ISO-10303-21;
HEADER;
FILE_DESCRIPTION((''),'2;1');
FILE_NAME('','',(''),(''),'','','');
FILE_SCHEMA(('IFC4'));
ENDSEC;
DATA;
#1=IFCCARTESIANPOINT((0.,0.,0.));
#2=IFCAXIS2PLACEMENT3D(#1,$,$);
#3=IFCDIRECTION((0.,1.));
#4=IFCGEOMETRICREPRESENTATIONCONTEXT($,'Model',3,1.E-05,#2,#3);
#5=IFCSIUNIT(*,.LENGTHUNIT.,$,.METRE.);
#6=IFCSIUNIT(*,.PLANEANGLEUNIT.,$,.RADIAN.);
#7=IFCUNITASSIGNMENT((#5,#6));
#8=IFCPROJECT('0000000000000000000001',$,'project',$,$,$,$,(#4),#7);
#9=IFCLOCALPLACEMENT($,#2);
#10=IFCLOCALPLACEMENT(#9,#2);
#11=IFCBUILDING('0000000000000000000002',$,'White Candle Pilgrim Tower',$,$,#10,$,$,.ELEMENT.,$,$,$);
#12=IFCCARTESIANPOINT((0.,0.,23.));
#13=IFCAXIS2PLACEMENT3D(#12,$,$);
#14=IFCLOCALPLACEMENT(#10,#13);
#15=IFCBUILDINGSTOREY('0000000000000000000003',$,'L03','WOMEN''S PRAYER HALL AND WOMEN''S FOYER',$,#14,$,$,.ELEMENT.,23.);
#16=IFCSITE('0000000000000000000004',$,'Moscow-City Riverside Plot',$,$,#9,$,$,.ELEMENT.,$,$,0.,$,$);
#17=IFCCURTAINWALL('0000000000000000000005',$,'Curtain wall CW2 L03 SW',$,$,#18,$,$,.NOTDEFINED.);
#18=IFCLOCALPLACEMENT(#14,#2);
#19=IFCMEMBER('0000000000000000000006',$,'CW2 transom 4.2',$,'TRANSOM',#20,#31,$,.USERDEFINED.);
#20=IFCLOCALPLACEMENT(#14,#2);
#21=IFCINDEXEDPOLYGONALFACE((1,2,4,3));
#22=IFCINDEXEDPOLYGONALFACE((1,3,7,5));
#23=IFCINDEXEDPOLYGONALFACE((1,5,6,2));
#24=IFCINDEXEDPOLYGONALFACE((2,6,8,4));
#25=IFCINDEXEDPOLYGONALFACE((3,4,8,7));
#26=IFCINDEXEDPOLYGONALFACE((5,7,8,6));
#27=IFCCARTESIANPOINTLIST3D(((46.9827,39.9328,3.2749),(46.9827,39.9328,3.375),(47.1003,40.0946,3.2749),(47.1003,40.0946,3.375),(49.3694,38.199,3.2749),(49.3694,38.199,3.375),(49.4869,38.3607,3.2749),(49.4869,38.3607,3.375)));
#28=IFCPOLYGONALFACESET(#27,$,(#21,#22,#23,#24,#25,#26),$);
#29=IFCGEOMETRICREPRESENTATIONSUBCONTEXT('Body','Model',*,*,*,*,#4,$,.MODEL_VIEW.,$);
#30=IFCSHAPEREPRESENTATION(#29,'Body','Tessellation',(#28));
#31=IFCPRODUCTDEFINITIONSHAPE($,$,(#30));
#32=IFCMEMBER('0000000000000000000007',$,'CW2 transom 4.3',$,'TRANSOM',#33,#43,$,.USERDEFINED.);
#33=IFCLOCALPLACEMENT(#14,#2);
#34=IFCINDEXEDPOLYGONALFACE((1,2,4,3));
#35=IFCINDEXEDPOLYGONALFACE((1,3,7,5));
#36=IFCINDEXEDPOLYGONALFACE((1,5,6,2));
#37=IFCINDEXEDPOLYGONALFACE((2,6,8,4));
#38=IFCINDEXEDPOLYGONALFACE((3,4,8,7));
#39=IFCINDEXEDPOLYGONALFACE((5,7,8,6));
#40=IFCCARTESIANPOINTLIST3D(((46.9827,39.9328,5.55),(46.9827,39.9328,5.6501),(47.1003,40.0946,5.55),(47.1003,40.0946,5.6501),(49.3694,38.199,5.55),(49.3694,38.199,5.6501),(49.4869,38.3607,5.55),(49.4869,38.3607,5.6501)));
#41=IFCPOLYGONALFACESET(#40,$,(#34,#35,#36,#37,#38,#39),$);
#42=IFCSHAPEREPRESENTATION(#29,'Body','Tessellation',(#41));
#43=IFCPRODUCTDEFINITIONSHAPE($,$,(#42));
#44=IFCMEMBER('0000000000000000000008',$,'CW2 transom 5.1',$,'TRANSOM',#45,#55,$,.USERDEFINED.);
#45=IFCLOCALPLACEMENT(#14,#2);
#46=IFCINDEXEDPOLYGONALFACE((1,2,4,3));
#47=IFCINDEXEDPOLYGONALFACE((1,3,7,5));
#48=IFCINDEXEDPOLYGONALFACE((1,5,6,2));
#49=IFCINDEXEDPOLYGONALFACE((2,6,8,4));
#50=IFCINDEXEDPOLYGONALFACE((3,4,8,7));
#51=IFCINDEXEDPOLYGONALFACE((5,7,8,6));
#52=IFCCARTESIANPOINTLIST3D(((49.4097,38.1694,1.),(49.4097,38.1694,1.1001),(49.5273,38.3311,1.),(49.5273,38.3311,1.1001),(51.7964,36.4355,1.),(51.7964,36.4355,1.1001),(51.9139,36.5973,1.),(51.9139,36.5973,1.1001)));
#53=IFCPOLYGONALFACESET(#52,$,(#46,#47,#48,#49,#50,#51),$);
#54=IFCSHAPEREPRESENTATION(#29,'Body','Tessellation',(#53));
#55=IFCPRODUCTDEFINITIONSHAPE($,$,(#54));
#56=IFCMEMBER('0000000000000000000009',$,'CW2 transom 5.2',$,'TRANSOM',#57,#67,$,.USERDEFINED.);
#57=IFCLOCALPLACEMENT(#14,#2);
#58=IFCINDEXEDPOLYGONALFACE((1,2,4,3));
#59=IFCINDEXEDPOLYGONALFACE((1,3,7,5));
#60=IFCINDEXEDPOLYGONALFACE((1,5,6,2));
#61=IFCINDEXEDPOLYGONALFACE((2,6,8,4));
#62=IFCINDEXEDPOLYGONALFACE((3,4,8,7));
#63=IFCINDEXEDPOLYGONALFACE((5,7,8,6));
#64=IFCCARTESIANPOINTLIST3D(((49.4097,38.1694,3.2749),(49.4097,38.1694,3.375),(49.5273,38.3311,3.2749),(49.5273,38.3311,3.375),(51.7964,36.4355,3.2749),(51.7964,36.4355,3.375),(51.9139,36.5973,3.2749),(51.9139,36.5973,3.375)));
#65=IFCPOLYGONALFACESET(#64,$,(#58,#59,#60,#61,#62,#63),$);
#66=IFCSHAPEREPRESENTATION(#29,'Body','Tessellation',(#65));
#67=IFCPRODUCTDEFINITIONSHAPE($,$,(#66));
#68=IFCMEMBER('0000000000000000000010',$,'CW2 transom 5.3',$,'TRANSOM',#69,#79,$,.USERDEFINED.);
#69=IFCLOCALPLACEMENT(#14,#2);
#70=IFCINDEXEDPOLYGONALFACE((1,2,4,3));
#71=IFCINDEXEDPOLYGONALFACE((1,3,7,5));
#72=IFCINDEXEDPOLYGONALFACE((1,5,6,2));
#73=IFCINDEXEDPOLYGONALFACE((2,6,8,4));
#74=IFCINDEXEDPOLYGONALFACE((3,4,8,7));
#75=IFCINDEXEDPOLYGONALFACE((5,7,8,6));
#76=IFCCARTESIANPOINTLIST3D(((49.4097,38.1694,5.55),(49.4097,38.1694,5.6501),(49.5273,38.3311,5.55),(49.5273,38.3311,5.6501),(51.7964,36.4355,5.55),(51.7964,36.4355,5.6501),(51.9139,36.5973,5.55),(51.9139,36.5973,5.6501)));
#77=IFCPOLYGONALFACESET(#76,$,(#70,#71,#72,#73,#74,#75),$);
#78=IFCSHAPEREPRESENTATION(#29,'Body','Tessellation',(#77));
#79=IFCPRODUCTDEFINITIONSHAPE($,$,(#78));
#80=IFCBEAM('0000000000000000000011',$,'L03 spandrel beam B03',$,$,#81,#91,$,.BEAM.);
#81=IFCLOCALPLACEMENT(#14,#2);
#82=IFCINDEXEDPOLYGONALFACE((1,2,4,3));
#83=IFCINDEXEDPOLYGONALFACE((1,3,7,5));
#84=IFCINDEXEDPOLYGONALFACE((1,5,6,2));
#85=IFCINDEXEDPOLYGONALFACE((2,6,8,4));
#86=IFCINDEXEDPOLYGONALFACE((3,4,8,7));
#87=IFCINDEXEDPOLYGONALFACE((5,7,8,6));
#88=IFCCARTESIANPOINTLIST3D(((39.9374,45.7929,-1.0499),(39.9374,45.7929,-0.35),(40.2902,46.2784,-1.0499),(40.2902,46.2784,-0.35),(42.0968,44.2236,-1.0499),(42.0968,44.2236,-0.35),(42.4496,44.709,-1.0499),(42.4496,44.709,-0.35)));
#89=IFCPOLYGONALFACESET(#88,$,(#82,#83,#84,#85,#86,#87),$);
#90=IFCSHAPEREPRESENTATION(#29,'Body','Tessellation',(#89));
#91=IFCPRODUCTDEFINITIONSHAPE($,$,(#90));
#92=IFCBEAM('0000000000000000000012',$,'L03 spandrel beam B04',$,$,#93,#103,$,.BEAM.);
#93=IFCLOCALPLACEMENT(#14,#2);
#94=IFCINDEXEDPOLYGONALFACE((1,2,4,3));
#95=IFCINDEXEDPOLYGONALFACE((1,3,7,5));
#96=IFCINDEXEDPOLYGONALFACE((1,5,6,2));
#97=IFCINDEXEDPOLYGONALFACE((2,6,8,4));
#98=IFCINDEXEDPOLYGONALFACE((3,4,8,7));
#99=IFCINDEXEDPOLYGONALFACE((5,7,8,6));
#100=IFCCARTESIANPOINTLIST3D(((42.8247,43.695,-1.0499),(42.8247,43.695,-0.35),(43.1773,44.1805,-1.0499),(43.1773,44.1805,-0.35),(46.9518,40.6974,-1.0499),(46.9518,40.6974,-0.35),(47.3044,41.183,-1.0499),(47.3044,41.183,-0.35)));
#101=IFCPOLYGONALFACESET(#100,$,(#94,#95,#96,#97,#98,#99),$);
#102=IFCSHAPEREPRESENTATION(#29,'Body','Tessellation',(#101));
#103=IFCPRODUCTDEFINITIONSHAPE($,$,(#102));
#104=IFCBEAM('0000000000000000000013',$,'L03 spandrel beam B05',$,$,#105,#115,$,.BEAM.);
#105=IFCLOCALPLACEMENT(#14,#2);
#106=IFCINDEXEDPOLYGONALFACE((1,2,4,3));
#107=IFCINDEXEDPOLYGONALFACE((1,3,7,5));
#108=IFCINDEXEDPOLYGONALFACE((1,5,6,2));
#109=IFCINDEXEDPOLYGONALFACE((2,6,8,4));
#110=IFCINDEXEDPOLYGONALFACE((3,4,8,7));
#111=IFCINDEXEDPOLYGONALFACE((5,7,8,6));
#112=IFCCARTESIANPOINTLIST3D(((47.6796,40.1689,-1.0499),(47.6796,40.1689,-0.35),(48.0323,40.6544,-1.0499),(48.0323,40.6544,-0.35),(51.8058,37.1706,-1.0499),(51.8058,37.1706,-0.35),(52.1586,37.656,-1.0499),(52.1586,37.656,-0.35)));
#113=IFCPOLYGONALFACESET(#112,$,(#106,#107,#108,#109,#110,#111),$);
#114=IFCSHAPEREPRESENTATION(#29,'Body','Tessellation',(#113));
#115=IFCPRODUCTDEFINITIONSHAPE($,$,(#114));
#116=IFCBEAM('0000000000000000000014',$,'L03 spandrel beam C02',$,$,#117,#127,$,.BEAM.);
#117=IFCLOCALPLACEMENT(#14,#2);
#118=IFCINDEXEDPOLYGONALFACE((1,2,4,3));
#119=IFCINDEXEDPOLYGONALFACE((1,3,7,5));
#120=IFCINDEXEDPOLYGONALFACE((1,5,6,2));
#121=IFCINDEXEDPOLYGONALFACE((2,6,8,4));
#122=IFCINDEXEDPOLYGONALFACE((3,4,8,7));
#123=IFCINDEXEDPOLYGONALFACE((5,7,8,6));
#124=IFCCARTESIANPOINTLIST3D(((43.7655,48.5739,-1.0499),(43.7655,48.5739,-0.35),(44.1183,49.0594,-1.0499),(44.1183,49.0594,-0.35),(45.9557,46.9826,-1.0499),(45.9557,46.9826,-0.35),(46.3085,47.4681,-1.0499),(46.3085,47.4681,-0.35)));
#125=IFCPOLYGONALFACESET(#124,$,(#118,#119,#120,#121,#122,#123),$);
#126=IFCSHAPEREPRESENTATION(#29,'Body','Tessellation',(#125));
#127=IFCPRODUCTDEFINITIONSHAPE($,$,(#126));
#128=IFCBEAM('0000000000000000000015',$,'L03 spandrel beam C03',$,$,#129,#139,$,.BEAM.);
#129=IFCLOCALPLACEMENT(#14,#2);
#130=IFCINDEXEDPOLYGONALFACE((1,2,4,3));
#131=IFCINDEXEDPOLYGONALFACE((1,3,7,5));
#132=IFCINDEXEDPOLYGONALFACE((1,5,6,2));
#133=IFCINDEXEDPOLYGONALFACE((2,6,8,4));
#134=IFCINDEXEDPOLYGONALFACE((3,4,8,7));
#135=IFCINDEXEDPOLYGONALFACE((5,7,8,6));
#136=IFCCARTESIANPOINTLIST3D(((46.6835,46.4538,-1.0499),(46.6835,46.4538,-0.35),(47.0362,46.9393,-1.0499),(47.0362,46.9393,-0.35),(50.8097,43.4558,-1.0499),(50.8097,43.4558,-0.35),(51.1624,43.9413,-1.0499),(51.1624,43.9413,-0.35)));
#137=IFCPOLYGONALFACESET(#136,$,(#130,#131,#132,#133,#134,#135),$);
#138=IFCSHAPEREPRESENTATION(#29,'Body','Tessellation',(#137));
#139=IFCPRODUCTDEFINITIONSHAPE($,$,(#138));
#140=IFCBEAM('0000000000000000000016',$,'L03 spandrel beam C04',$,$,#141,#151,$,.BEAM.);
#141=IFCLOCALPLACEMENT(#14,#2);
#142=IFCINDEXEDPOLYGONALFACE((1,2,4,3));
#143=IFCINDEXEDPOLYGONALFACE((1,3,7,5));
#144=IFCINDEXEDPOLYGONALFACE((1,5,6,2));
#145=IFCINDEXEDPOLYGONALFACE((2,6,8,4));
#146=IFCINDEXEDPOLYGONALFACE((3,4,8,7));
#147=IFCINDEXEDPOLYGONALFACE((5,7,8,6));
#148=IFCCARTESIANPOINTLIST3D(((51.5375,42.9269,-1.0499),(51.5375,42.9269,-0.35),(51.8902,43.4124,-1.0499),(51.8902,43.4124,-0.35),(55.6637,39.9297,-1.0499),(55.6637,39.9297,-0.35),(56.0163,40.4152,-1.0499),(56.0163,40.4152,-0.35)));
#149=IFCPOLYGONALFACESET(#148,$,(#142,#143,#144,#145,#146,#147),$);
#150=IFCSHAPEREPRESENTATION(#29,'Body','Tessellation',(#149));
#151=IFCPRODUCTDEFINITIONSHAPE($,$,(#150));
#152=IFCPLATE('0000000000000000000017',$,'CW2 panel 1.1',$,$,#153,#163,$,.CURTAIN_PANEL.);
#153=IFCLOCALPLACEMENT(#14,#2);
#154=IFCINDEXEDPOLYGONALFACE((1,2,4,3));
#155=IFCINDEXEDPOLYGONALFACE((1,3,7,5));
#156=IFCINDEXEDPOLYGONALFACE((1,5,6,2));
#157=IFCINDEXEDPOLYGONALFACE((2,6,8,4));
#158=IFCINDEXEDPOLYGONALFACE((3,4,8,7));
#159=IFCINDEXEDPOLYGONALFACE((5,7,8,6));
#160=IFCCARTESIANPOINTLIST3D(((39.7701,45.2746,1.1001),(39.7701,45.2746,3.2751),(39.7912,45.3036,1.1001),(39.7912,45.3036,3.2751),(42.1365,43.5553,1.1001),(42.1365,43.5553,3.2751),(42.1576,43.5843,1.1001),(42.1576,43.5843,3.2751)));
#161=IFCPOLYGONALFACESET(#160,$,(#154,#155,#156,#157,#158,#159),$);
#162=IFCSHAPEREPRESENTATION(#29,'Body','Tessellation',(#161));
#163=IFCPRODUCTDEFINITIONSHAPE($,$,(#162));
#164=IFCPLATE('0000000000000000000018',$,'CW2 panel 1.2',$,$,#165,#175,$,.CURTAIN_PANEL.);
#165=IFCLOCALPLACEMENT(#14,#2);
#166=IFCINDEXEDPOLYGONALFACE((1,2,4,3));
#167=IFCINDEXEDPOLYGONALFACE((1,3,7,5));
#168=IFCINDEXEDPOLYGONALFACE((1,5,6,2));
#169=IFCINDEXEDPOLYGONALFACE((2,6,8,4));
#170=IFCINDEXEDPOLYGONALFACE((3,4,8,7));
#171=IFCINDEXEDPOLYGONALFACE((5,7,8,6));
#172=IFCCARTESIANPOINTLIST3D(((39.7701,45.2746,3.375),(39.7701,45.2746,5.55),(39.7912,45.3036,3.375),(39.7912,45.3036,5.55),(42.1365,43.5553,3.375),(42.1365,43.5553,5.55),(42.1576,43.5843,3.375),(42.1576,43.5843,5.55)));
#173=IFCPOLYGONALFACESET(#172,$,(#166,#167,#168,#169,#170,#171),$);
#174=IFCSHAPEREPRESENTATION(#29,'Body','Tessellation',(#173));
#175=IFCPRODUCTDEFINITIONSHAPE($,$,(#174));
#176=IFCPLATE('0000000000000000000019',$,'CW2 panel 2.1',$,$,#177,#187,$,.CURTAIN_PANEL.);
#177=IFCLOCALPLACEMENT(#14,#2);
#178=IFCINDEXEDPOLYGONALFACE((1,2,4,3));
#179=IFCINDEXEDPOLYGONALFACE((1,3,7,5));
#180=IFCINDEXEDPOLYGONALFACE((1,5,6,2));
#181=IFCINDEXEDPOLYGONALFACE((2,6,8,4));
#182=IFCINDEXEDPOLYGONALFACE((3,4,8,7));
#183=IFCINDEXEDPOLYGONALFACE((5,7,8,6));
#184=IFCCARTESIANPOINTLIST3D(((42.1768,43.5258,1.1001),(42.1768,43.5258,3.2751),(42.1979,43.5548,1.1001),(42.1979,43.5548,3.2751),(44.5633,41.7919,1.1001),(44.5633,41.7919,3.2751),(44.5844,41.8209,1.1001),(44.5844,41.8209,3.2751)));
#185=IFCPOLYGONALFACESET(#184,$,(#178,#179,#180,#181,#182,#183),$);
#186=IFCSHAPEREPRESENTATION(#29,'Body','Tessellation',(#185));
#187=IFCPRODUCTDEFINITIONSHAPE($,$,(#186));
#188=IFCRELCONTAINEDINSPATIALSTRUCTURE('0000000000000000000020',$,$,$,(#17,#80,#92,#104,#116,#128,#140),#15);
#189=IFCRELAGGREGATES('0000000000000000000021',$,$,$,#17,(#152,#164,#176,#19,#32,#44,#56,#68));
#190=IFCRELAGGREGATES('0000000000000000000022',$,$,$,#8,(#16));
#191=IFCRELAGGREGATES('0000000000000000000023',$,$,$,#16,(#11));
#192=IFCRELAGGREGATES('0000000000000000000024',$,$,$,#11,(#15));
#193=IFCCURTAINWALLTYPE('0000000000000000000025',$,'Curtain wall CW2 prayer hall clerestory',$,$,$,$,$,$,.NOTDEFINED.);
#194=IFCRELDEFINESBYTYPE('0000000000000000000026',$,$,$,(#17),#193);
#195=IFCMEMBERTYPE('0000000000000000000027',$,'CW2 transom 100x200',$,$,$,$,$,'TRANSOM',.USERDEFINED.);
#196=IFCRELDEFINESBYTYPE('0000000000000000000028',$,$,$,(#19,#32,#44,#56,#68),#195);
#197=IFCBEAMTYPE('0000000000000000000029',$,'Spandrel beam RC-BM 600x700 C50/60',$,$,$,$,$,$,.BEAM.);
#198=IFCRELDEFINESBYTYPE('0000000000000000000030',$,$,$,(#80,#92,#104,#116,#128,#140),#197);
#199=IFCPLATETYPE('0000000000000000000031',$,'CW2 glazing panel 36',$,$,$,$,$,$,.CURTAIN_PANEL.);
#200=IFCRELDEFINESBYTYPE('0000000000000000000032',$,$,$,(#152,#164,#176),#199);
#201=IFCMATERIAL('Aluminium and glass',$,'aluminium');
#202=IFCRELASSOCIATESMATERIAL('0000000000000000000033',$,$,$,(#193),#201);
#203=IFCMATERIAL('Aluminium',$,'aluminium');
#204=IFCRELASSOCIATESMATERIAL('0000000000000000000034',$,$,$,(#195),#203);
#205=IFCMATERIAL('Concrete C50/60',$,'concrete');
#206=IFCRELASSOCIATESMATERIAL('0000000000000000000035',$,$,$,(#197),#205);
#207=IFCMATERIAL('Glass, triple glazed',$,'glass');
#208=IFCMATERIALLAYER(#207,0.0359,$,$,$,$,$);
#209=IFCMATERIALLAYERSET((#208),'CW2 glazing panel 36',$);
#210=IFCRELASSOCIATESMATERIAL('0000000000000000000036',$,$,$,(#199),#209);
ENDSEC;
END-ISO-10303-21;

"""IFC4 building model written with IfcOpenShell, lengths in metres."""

from ifc_helpers import new_model, si_unit, direction, frame, origin, origin_2d, place, context, subcontext, project, spatial, rectangle, extrude, material, layer, layer_set, material_profile, profile_set, type_object, element, aggregate, save


model = new_model("IFC4")

# Units and contexts
model_context = context("Model", 3, precision=1e-05, world=origin(), true_north=direction((0.0, 1.0)))
body_context = subcontext(model_context, "Body", "Model", "MODEL_VIEW")
ifc_project = project(units=[si_unit("LENGTHUNIT", "METRE"), si_unit("PLANEANGLEUNIT", "RADIAN")], contexts=[model_context])

# Site, building, storey
site_placement = place(None, origin())
site = spatial("IfcSite", under=ifc_project, at=site_placement, Name="Moscow-City Riverside Plot", CompositionType="ELEMENT", RefElevation=0.0)
building_placement = place(site_placement, origin())
building = spatial("IfcBuilding", under=site, at=building_placement, Name="White Candle Pilgrim Tower", CompositionType="ELEMENT")
storey_placement = place(building_placement, frame((0.0, 0.0, 23.0)))
storey = spatial("IfcBuildingStorey", under=building, at=storey_placement, Name="L03", Description="WOMEN'S PRAYER HALL AND WOMEN'S FOYER", CompositionType="ELEMENT", Elevation=23.0)

# Curtain wall, members
ifc_material_1 = material(Name="Aluminium and glass", Category="aluminium")
curtain_wall_type = type_object("IfcCurtainWallType", Name="Curtain wall CW2 prayer hall clerestory", PredefinedType="NOTDEFINED", material=ifc_material_1)
curtain_wall_placement = place(storey_placement, origin())
curtain_wall = element("IfcCurtainWall", 1, at=curtain_wall_placement, inside=storey, type_object=curtain_wall_type, Name="Curtain wall CW2 L03 SW", PredefinedType="NOTDEFINED")
ifc_material_2 = material(Name="Aluminium", Category="aluminium")
ifc_material_profile_1 = material_profile(ifc_material_2, rectangle(XDim=0.2, YDim=0.1001, at=origin_2d()), Name="CW2 transom 100x200")
ifc_profile_set_1 = profile_set([ifc_material_profile_1], Name="Aluminium")
member_type_1 = type_object("IfcMemberType", Name="CW2 transom 100x200", ElementType="TRANSOM", PredefinedType="USERDEFINED", material=ifc_profile_set_1)
member_1_placement = place(storey_placement, frame((47.0415, 40.0137, 3.325), z_axis=(0.809044, -0.587748, 0.0), x_axis=(0.587748, 0.809044, 0.0)))
member_1 = element("IfcMember", 2, at=member_1_placement, type_object=member_type_1, Name="CW2 transom 4.2", ObjectType="TRANSOM", PredefinedType="USERDEFINED", context=body_context, shape_type="SweptSolid", body=[
    extrude(rectangle(XDim=0.2, YDim=0.1001, at=origin_2d()), origin(), (0.0, 0.0, 1.0), 2.95),
])
member_2_placement = place(storey_placement, frame((47.0415, 40.0137, 5.6001), z_axis=(0.809044, -0.587748, 0.0), x_axis=(0.587748, 0.809044, 0.0)))
member_2 = element("IfcMember", 3, at=member_2_placement, type_object=member_type_1, Name="CW2 transom 4.3", ObjectType="TRANSOM", PredefinedType="USERDEFINED", context=body_context, shape_type="SweptSolid", body=[
    extrude(rectangle(XDim=0.2, YDim=0.1001, at=origin_2d()), origin(), (0.0, 0.0, 1.0), 2.95),
])
member_3_placement = place(storey_placement, frame((49.4685, 38.2502, 1.05), z_axis=(0.809044, -0.587748, 0.0), x_axis=(0.587748, 0.809044, 0.0)))
member_3 = element("IfcMember", 4, at=member_3_placement, type_object=member_type_1, Name="CW2 transom 5.1", ObjectType="TRANSOM", PredefinedType="USERDEFINED", context=body_context, shape_type="SweptSolid", body=[
    extrude(rectangle(XDim=0.2, YDim=0.1001, at=origin_2d()), origin(), (0.0, 0.0, 1.0), 2.95),
])
member_4_placement = place(storey_placement, frame((49.4685, 38.2502, 3.325), z_axis=(0.809044, -0.587748, 0.0), x_axis=(0.587748, 0.809044, 0.0)))
member_4 = element("IfcMember", 5, at=member_4_placement, type_object=member_type_1, Name="CW2 transom 5.2", ObjectType="TRANSOM", PredefinedType="USERDEFINED", context=body_context, shape_type="SweptSolid", body=[
    extrude(rectangle(XDim=0.2, YDim=0.1001, at=origin_2d()), origin(), (0.0, 0.0, 1.0), 2.95),
])
member_5_placement = place(storey_placement, frame((49.4685, 38.2502, 5.6001), z_axis=(0.809044, -0.587748, 0.0), x_axis=(0.587748, 0.809044, 0.0)))
member_5 = element("IfcMember", 6, at=member_5_placement, type_object=member_type_1, Name="CW2 transom 5.3", ObjectType="TRANSOM", PredefinedType="USERDEFINED", context=body_context, shape_type="SweptSolid", body=[
    extrude(rectangle(XDim=0.2, YDim=0.1001, at=origin_2d()), origin(), (0.0, 0.0, 1.0), 2.95),
])

# Beams
ifc_material_3 = material(Name="Concrete C50/60", Category="concrete")
ifc_material_profile_2 = material_profile(ifc_material_3, rectangle(XDim=0.6001, YDim=0.7, at=origin_2d()), Name="RC-BM 600x700")
ifc_profile_set_2 = profile_set([ifc_material_profile_2], Name="Concrete C50/60")
beam_type = type_object("IfcBeamType", Name="Spandrel beam RC-BM 600x700 C50/60", PredefinedType="BEAM", material=ifc_profile_set_2)
beam_1_placement = place(storey_placement, frame((40.1138, 46.0356, -0.7), z_axis=(0.808942, -0.587889, 0.0), x_axis=(0.587889, 0.808942, 0.0)))
element("IfcBeam", 7, at=beam_1_placement, inside=storey, type_object=beam_type, Name="L03 spandrel beam B03", PredefinedType="BEAM", context=body_context, shape_type="SweptSolid", body=[
    extrude(rectangle(XDim=0.6001, YDim=0.7, at=origin_2d()), origin(), (0.0, 0.0, 1.0), 2.6694),
])
beam_2_placement = place(storey_placement, frame((43.001, 43.9377, -0.7), z_axis=(0.809113, -0.587654, 0.0), x_axis=(0.587654, 0.809113, 0.0)))
element("IfcBeam", 8, at=beam_2_placement, inside=storey, type_object=beam_type, Name="L03 spandrel beam B04", PredefinedType="BEAM", context=body_context, shape_type="SweptSolid", body=[
    extrude(rectangle(XDim=0.6001, YDim=0.7, at=origin_2d()), origin(), (0.0, 0.0, 1.0), 5.1008),
])
beam_3_placement = place(storey_placement, frame((47.856, 40.4116, -0.7), z_axis=(0.808978, -0.587839, 0.0), x_axis=(0.587839, 0.808978, 0.0)))
element("IfcBeam", 9, at=beam_3_placement, inside=storey, type_object=beam_type, Name="L03 spandrel beam B05", PredefinedType="BEAM", context=body_context, shape_type="SweptSolid", body=[
    extrude(rectangle(XDim=0.6001, YDim=0.7, at=origin_2d()), origin(), (0.0, 0.0, 1.0), 5.1006),
])
beam_4_placement = place(storey_placement, frame((43.9419, 48.8167, -0.7), z_axis=(0.809009, -0.587796, 0.0), x_axis=(0.587796, 0.809009, 0.0)))
element("IfcBeam", 10, at=beam_4_placement, inside=storey, type_object=beam_type, Name="L03 spandrel beam C02", PredefinedType="BEAM", context=body_context, shape_type="SweptSolid", body=[
    extrude(rectangle(XDim=0.6001, YDim=0.7, at=origin_2d()), origin(), (0.0, 0.0, 1.0), 2.7073),
])
beam_5_placement = place(storey_placement, frame((46.8599, 46.6965, -0.7), z_axis=(0.809001, -0.587807, 0.0), x_axis=(0.587807, 0.809001, 0.0)))
element("IfcBeam", 11, at=beam_5_placement, inside=storey, type_object=beam_type, Name="L03 spandrel beam C03", PredefinedType="BEAM", context=body_context, shape_type="SweptSolid", body=[
    extrude(rectangle(XDim=0.6001, YDim=0.7, at=origin_2d()), origin(), (0.0, 0.0, 1.0), 5.1003),
])
beam_6_placement = place(storey_placement, frame((51.7139, 43.1697, -0.7), z_axis=(0.809069, -0.587713, 0.0), x_axis=(0.587713, 0.809069, 0.0)))
element("IfcBeam", 12, at=beam_6_placement, inside=storey, type_object=beam_type, Name="L03 spandrel beam C04", PredefinedType="BEAM", context=body_context, shape_type="SweptSolid", body=[
    extrude(rectangle(XDim=0.6001, YDim=0.7, at=origin_2d()), origin(), (0.0, 0.0, 1.0), 5.0999),
])

# Plates
ifc_material_4 = material(Name="Glass, triple glazed", Category="glass")
ifc_layer_1 = layer(ifc_material_4, 0.0359)
ifc_layer_set_1 = layer_set([ifc_layer_1], Name="CW2 glazing panel 36")
plate_type = type_object("IfcPlateType", Name="CW2 glazing panel 36", PredefinedType="CURTAIN_PANEL", material=ifc_layer_set_1)
plate_1_placement = place(storey_placement, frame((40.9639, 44.4294, 1.1001), z_axis=(0.0, 0.0, 1.0), x_axis=(0.809017, -0.587785, 0.0)))
plate_1 = element("IfcPlate", 13, at=plate_1_placement, type_object=plate_type, Name="CW2 panel 1.1", PredefinedType="CURTAIN_PANEL", context=body_context, shape_type="SweptSolid", body=[
    extrude(rectangle(XDim=2.925, YDim=0.0359, at=origin_2d()), origin(), (0.0, 0.0, 1.0), 2.175),
])
plate_2_placement = place(storey_placement, frame((40.9639, 44.4294, 3.375), z_axis=(0.0, 0.0, 1.0), x_axis=(0.809017, -0.587785, 0.0)))
plate_2 = element("IfcPlate", 14, at=plate_2_placement, type_object=plate_type, Name="CW2 panel 1.2", PredefinedType="CURTAIN_PANEL", context=body_context, shape_type="SweptSolid", body=[
    extrude(rectangle(XDim=2.925, YDim=0.0359, at=origin_2d()), origin(), (0.0, 0.0, 1.0), 2.175),
])
plate_3_placement = place(storey_placement, frame((43.3806, 42.6733, 1.1001), z_axis=(0.0, 0.0, 1.0), x_axis=(0.809017, -0.587785, 0.0)))
plate_3 = element("IfcPlate", 15, at=plate_3_placement, type_object=plate_type, Name="CW2 panel 2.1", PredefinedType="CURTAIN_PANEL", context=body_context, shape_type="SweptSolid", body=[
    extrude(rectangle(XDim=2.95, YDim=0.0359, at=origin_2d()), origin(), (0.0, 0.0, 1.0), 2.175),
])
aggregate(curtain_wall, [plate_1, plate_2, plate_3, member_1, member_2, member_3, member_4, member_5])

save(model, "model.ifc")
